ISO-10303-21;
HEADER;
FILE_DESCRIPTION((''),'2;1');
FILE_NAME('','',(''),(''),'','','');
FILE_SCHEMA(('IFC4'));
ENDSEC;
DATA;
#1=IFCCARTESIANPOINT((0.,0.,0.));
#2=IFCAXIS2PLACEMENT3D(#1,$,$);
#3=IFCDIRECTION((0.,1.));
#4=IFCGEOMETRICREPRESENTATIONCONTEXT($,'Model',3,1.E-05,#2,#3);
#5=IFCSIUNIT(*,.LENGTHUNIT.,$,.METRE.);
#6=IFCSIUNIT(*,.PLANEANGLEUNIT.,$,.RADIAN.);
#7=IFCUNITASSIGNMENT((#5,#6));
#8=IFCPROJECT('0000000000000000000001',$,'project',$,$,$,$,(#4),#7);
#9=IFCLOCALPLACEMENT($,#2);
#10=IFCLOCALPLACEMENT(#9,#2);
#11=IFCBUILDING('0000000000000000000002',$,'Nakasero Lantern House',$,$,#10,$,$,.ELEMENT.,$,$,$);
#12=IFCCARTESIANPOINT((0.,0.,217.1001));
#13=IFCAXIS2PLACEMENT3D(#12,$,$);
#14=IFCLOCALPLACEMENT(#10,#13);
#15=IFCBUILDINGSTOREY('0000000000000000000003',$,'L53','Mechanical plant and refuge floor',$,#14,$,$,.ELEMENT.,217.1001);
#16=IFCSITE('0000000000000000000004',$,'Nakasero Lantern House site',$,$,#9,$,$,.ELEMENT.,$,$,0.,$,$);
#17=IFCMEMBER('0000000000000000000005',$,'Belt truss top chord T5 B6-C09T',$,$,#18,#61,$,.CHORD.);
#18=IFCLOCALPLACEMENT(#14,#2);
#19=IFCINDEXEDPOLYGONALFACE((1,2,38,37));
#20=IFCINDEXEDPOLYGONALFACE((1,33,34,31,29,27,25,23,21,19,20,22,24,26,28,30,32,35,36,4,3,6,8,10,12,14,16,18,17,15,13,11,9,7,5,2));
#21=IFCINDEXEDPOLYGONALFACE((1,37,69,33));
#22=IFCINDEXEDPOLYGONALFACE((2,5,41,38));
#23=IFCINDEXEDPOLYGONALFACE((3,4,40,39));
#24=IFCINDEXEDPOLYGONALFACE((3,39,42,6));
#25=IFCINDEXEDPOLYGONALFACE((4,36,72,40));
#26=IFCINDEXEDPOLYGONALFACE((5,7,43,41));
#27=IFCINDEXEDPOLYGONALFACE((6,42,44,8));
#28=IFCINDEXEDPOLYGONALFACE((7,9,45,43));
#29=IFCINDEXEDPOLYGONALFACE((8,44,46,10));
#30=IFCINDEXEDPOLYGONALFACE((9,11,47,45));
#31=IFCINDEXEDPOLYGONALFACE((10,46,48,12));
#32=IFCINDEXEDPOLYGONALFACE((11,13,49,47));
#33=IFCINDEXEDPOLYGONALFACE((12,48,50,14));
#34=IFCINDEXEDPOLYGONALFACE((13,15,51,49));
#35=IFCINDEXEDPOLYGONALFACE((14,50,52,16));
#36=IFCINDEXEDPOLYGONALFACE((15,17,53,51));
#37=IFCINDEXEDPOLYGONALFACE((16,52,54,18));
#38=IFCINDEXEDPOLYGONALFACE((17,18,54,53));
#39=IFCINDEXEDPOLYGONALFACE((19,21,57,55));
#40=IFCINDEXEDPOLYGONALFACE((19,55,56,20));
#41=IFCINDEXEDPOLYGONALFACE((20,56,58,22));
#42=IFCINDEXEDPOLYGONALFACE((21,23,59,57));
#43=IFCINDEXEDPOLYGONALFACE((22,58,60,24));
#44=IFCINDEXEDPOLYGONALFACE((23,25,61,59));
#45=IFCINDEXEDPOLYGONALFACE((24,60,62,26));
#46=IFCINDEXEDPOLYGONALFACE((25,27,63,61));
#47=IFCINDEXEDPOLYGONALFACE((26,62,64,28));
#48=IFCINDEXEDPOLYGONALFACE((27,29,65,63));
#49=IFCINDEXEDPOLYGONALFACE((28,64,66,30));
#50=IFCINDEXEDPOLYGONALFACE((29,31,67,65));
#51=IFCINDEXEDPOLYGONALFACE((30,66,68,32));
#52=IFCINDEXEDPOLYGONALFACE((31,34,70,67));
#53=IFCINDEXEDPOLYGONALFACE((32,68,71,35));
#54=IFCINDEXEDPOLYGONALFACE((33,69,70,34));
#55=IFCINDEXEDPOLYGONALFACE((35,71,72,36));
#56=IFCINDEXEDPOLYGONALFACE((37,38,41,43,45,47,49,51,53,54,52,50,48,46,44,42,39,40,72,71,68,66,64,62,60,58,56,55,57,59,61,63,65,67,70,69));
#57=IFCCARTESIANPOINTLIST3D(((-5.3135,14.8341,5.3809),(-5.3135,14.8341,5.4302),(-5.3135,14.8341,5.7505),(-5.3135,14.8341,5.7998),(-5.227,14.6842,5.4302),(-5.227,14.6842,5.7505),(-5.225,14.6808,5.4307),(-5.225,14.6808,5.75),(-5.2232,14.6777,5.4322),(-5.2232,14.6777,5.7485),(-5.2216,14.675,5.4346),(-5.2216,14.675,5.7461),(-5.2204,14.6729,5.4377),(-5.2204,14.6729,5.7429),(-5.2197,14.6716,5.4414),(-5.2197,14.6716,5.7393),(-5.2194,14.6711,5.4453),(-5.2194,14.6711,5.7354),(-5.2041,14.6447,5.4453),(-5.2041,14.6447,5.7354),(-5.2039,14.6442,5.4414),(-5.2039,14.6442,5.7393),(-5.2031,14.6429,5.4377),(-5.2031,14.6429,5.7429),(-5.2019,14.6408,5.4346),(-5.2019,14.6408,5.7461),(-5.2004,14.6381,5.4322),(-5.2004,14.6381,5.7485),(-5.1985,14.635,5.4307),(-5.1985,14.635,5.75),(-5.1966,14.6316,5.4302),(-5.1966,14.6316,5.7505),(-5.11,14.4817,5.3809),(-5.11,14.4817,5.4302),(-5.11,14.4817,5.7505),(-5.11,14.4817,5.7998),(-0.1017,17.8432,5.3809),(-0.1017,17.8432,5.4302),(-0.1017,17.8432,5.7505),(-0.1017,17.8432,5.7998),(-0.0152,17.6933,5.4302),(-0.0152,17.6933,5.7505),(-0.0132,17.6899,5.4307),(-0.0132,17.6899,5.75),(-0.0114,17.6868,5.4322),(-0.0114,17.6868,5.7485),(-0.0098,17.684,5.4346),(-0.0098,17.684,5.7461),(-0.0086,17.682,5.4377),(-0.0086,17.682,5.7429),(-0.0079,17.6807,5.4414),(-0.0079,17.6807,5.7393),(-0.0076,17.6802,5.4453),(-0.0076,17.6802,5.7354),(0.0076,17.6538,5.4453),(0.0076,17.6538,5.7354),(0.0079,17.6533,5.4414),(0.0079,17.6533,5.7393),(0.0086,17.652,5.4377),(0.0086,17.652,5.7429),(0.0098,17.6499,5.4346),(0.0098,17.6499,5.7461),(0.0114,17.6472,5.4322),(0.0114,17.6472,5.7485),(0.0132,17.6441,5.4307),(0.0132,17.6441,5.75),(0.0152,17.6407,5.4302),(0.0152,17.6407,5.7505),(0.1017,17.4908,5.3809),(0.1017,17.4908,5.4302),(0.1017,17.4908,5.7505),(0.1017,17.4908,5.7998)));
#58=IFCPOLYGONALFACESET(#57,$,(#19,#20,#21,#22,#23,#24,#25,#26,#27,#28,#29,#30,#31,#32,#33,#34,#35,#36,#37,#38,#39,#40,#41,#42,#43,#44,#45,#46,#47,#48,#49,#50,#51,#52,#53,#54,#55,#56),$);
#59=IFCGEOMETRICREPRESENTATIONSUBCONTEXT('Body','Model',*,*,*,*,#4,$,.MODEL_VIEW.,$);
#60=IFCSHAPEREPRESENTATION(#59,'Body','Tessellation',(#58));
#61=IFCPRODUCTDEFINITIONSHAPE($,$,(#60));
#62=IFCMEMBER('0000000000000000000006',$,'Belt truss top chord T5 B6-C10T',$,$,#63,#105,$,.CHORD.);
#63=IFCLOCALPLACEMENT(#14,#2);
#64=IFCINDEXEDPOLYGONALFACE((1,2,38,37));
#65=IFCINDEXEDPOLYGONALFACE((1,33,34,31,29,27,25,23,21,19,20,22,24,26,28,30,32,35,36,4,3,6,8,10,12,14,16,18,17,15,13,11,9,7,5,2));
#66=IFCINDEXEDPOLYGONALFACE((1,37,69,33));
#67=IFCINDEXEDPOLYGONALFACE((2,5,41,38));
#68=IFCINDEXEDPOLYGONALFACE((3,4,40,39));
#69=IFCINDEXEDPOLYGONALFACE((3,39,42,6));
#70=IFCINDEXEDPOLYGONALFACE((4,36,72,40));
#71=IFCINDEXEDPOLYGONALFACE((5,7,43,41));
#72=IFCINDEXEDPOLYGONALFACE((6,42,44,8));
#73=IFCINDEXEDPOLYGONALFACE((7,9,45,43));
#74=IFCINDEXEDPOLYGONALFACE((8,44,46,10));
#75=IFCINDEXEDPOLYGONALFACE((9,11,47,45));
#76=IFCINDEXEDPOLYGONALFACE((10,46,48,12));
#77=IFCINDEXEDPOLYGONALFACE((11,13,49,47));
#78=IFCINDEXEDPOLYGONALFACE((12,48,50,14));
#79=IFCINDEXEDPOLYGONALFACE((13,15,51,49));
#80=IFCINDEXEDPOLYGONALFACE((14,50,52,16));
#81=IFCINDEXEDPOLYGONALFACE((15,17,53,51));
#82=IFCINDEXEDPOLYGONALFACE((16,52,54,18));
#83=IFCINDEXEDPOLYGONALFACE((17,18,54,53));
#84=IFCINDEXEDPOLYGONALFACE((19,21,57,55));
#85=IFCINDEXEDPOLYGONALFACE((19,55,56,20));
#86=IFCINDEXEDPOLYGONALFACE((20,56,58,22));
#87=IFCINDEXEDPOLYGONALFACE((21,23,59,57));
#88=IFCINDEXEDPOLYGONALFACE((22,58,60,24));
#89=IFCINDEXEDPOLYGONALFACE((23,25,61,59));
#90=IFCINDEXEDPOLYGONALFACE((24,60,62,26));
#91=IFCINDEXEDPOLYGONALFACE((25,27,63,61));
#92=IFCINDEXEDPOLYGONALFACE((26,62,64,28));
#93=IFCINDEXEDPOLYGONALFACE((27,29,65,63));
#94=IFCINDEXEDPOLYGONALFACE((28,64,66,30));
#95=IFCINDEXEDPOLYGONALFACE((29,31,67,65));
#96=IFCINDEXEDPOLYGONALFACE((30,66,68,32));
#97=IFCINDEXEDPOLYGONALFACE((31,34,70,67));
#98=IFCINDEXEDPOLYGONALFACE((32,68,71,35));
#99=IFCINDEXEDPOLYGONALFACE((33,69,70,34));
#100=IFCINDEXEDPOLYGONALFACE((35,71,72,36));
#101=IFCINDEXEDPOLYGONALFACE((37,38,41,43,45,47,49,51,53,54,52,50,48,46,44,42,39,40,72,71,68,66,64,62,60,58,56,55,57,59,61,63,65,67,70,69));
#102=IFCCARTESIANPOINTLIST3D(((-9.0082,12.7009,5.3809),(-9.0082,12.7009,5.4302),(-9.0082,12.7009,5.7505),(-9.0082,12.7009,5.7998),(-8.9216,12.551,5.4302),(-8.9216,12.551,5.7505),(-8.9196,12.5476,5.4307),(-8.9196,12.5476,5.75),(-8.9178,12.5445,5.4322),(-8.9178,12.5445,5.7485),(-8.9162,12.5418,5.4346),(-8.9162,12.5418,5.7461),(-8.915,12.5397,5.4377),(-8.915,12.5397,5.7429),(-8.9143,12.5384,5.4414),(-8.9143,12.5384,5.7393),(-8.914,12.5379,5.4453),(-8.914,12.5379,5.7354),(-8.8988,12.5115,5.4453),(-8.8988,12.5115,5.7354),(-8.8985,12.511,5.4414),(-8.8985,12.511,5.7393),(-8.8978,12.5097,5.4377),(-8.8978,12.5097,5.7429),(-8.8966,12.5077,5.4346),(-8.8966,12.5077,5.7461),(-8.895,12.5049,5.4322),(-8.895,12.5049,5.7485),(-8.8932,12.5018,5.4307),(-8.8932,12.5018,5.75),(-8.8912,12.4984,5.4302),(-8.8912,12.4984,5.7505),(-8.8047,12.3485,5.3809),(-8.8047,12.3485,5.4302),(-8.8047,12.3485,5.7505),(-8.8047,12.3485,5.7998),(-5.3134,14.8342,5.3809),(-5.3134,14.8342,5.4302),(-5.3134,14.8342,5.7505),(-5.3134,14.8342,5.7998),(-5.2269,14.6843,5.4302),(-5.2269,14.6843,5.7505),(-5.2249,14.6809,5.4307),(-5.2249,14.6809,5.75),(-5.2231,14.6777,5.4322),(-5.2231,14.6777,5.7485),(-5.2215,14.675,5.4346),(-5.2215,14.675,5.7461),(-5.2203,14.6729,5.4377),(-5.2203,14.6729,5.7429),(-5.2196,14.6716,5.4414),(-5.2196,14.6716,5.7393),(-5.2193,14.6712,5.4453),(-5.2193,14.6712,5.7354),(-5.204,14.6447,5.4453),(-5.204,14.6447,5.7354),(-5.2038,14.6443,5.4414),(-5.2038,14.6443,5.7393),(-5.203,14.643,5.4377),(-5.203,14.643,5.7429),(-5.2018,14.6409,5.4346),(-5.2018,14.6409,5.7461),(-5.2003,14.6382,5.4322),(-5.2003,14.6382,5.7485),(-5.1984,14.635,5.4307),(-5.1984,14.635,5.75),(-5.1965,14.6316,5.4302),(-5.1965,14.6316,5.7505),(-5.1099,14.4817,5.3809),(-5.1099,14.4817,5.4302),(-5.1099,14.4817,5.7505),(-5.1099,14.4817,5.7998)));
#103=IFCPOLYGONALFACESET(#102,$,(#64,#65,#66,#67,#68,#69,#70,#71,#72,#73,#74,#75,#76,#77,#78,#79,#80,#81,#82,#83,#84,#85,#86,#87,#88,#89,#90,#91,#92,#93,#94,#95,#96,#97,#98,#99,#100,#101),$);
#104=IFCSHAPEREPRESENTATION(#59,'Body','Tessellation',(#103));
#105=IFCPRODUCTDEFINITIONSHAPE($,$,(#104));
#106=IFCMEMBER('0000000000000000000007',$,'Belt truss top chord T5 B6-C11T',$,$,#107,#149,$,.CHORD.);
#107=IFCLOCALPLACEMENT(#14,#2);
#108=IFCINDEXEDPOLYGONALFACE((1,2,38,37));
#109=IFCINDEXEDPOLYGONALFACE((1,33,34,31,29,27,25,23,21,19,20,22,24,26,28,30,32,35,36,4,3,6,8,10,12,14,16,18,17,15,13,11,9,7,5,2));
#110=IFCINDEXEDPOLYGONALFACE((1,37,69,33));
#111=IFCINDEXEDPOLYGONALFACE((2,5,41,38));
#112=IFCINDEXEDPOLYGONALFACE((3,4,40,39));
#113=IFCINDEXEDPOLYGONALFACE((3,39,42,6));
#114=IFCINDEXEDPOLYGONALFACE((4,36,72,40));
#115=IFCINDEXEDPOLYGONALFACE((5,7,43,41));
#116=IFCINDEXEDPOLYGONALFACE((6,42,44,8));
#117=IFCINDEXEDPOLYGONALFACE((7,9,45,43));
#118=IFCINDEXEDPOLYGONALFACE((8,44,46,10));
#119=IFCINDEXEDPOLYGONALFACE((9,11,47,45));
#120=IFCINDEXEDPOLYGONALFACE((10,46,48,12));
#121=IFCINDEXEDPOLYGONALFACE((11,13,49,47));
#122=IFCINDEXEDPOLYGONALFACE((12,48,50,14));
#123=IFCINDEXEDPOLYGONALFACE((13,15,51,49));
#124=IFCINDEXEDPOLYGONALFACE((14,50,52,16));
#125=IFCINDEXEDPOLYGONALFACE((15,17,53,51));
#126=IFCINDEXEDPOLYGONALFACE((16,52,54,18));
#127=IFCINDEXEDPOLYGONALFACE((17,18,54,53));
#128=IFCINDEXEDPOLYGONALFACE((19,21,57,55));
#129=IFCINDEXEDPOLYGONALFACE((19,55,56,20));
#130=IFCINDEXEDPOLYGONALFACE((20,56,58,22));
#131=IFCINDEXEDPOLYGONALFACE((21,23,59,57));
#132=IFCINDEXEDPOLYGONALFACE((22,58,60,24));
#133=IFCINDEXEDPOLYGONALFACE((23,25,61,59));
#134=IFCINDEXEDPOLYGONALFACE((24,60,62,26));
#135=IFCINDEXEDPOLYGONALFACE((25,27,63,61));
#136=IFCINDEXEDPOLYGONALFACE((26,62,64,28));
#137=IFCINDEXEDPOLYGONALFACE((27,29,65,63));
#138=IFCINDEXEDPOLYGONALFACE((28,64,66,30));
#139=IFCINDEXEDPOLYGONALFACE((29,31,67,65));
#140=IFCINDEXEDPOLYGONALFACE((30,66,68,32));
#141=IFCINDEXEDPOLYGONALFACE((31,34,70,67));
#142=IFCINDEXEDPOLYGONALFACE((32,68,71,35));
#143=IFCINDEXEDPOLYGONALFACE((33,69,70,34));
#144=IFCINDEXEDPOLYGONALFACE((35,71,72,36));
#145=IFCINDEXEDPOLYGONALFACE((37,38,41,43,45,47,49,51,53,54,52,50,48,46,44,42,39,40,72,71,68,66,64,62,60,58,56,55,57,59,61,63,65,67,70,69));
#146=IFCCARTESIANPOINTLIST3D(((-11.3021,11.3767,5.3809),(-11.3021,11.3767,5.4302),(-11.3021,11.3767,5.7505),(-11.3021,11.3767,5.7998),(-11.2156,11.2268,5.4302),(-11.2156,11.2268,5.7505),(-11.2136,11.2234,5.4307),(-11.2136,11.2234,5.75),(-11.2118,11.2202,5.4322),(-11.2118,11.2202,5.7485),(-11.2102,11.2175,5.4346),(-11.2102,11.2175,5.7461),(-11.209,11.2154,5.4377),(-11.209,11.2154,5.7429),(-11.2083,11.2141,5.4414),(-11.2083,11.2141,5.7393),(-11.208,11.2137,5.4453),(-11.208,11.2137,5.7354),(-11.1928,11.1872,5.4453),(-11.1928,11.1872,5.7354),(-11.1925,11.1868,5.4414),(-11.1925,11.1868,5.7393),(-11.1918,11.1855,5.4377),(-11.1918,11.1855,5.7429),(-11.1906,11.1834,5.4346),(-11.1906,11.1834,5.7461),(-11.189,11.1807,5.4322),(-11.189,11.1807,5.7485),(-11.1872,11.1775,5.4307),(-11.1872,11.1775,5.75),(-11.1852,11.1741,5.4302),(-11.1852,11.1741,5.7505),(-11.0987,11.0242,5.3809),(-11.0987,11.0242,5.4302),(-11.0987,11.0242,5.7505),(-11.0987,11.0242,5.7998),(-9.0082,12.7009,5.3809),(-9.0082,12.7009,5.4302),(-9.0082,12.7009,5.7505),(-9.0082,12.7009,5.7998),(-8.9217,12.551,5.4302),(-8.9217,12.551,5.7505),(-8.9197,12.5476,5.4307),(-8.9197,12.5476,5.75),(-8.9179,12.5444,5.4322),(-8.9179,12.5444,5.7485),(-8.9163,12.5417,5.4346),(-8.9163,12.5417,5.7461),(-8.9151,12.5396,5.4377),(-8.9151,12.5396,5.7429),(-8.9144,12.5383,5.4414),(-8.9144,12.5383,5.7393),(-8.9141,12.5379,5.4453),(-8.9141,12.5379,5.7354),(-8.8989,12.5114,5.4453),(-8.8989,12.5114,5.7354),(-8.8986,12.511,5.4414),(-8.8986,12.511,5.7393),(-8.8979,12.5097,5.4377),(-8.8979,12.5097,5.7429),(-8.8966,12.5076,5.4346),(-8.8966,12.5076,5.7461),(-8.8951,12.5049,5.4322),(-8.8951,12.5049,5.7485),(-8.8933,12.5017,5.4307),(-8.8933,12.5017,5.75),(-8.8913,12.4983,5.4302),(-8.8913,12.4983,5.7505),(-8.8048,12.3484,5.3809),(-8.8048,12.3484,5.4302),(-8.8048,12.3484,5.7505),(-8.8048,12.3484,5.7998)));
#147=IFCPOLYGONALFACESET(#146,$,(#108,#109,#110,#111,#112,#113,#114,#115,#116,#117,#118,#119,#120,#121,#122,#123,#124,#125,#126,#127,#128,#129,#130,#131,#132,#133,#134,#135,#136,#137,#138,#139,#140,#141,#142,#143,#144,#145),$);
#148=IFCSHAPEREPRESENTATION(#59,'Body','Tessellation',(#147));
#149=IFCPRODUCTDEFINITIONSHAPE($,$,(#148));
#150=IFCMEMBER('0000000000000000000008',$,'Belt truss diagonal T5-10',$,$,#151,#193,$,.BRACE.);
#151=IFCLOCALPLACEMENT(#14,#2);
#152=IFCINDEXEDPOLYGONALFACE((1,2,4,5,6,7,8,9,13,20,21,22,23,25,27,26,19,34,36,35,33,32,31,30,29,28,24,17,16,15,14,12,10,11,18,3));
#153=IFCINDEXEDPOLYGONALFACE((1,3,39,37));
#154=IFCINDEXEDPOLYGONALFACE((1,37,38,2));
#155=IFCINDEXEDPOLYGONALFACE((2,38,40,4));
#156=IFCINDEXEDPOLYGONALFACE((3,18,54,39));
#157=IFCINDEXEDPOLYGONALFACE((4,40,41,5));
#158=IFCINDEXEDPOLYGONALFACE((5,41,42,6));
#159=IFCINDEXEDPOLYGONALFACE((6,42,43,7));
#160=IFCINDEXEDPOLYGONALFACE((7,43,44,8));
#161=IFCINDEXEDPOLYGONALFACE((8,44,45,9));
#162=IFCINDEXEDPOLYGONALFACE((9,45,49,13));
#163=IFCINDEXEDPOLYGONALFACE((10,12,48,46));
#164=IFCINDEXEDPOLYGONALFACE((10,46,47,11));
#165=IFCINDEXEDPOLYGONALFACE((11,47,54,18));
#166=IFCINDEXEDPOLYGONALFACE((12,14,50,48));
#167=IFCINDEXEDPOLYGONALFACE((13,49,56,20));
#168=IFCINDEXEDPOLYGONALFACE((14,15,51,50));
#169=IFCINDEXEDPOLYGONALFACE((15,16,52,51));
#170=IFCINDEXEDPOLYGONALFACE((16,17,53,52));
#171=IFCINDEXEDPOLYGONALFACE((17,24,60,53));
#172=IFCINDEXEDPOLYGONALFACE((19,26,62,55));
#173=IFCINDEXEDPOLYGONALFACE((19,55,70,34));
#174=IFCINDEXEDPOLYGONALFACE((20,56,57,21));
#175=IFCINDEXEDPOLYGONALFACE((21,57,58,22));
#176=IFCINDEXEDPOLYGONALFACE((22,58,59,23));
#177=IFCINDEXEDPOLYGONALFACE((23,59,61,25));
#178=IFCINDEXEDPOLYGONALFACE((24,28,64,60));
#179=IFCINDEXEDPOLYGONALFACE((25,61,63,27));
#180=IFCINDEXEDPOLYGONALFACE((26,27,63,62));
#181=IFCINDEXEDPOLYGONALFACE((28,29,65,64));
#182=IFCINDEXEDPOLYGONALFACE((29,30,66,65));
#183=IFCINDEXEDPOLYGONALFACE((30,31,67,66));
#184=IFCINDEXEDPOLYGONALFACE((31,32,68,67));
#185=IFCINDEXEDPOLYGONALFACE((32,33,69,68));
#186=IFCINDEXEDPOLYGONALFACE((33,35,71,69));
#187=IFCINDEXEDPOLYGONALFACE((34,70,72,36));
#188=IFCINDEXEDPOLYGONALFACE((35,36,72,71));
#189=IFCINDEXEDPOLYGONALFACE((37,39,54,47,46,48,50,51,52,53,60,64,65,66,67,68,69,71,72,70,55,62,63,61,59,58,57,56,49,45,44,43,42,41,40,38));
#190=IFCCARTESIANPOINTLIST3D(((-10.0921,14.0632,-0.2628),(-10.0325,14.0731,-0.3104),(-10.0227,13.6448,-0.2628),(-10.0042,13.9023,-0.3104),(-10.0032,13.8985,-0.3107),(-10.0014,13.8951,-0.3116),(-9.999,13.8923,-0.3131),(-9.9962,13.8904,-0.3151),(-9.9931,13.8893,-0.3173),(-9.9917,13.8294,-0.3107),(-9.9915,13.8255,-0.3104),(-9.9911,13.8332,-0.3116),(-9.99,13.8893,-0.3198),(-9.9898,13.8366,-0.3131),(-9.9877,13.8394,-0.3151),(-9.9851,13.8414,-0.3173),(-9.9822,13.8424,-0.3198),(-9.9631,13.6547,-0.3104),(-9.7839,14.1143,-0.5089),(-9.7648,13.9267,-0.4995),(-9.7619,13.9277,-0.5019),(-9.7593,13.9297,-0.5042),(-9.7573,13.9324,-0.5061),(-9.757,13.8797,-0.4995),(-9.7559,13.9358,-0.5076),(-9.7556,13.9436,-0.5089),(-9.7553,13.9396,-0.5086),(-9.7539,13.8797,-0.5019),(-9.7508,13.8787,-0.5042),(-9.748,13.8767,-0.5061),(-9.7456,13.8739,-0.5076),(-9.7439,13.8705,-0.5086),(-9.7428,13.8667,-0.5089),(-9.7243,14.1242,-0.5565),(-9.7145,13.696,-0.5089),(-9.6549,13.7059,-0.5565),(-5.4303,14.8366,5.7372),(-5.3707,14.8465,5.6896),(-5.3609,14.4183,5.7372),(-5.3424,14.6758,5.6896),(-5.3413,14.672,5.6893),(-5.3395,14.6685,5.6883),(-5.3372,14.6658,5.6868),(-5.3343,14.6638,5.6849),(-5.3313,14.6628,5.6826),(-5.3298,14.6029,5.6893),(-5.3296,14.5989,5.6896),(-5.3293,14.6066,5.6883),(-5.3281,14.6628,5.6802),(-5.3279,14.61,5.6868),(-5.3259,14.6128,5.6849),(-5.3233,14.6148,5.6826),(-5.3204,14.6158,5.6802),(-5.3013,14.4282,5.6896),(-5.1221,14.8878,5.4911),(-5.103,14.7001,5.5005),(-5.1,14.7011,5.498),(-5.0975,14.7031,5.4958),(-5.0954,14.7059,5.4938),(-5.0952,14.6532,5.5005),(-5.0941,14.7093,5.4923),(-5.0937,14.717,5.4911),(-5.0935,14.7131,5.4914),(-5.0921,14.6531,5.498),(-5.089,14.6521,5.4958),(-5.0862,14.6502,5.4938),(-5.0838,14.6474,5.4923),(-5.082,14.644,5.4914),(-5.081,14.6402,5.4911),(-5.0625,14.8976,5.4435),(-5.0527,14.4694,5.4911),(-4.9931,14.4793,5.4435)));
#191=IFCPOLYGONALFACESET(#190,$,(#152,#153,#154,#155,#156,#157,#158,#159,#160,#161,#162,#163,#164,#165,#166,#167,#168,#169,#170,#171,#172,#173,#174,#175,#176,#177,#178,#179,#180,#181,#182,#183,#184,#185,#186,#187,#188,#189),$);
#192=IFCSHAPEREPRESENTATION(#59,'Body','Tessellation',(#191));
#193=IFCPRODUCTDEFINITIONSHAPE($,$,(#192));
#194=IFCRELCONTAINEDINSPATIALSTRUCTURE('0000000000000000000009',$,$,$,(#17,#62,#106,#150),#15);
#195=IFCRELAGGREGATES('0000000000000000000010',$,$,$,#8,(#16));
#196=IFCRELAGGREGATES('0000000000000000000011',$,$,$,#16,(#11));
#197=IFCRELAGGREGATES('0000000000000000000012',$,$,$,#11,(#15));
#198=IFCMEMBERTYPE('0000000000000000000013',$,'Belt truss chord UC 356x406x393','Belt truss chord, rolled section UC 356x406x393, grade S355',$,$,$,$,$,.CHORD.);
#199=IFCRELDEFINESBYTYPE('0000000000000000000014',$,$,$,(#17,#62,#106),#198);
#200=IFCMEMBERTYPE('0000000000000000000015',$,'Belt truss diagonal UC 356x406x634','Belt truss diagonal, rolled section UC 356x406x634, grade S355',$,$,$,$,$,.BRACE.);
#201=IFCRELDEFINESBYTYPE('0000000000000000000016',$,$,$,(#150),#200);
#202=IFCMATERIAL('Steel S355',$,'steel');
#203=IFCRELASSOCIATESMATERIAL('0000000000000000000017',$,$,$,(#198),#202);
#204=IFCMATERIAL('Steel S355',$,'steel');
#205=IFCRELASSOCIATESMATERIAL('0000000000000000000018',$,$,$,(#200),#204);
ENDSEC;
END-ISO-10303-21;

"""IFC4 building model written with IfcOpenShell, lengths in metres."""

from ifc_helpers import new_model, si_unit, direction, frame, origin, origin_2d, place, context, subcontext, project, spatial, i_section, extrude, material, material_profile, profile_set, type_object, element, save


model = new_model("IFC4")

# Units and contexts
model_context = context("Model", 3, precision=1e-05, world=origin(), true_north=direction((0.0, 1.0)))
body_context = subcontext(model_context, "Body", "Model", "MODEL_VIEW")
ifc_project = project(units=[si_unit("LENGTHUNIT", "METRE"), si_unit("PLANEANGLEUNIT", "RADIAN")], contexts=[model_context])

# Site, building, storey
site_placement = place(None, origin())
site = spatial("IfcSite", under=ifc_project, at=site_placement, Name="Nakasero Lantern House site", CompositionType="ELEMENT", RefElevation=0.0)
building_placement = place(site_placement, origin())
building = spatial("IfcBuilding", under=site, at=building_placement, Name="Nakasero Lantern House", CompositionType="ELEMENT")
storey_placement = place(building_placement, frame((0.0, 0.0, 217.1001)))
storey = spatial("IfcBuildingStorey", under=building, at=storey_placement, Name="L53", Description="Mechanical plant and refuge floor", CompositionType="ELEMENT", Elevation=217.1001)

# Members
ifc_material_1 = material(Name="Steel S355", Category="steel")
ifc_material_profile_1 = material_profile(ifc_material_1, i_section(OverallWidth=0.407, OverallDepth=0.4189, WebThickness=0.0305, FlangeThickness=0.0493, FilletRadius=0.0151, at=origin_2d()), Name="UC 356x406x393")
ifc_profile_set_1 = profile_set([ifc_material_profile_1], Name="Steel S355")
member_type_1 = type_object("IfcMemberType", Name="Belt truss chord UC 356x406x393", Description="Belt truss chord, rolled section UC 356x406x393, grade S355", PredefinedType="CHORD", material=ifc_profile_set_1)
member_1_placement = place(storey_placement, frame((0.0, 17.667, 5.5903), z_axis=(-0.86602, -0.500009, 0.0), x_axis=(0.500009, -0.86602, 0.0)))
element("IfcMember", 1, at=member_1_placement, inside=storey, type_object=member_type_1, Name="Belt truss top chord T5 B6-C09T", PredefinedType="CHORD", context=body_context, shape_type="SweptSolid", body=[
    extrude(i_section(OverallWidth=0.407, OverallDepth=0.4189, WebThickness=0.0305, FlangeThickness=0.0493, FilletRadius=0.0151, at=origin_2d()), origin(), (0.0, 0.0, 1.0), 6.0181),
])
member_2_placement = place(storey_placement, frame((-5.2117, 14.658, 5.5903), z_axis=(-0.866016, -0.500016, 0.0), x_axis=(0.500016, -0.866016, 0.0)))
element("IfcMember", 2, at=member_2_placement, inside=storey, type_object=member_type_1, Name="Belt truss top chord T5 B6-C10T", PredefinedType="CHORD", context=body_context, shape_type="SweptSolid", body=[
    extrude(i_section(OverallWidth=0.407, OverallDepth=0.4189, WebThickness=0.0305, FlangeThickness=0.0493, FilletRadius=0.0151, at=origin_2d()), origin(), (0.0, 0.0, 1.0), 4.2664),
])
member_3_placement = place(storey_placement, frame((-8.9065, 12.5247, 5.5903), z_axis=(-0.866057, -0.499946, 0.0), x_axis=(0.499946, -0.866057, 0.0)))
element("IfcMember", 3, at=member_3_placement, inside=storey, type_object=member_type_1, Name="Belt truss top chord T5 B6-C11T", PredefinedType="CHORD", context=body_context, shape_type="SweptSolid", body=[
    extrude(i_section(OverallWidth=0.407, OverallDepth=0.4189, WebThickness=0.0305, FlangeThickness=0.0493, FilletRadius=0.0151, at=origin_2d()), origin(), (0.0, 0.0, 1.0), 2.6487),
])
ifc_material_2 = material(Name="Steel S355", Category="steel")
ifc_material_profile_2 = material_profile(ifc_material_2, i_section(OverallWidth=0.4241, OverallDepth=0.4746, WebThickness=0.0476, FlangeThickness=0.0769, FilletRadius=0.0151, at=origin_2d()), Name="UC 356x406x634")
ifc_profile_set_2 = profile_set([ifc_material_profile_2], Name="Steel S355")
member_type_2 = type_object("IfcMemberType", Name="Belt truss diagonal UC 356x406x634", Description="Belt truss diagonal, rolled section UC 356x406x634, grade S355", PredefinedType="BRACE", material=ifc_profile_set_2)
member_4_placement = place(storey_placement, frame((-5.2117, 14.658, 5.5903), z_axis=(-0.610393, -0.101269, -0.785599), x_axis=(0.16367, -0.986515, 0.0)))
element("IfcMember", 4, at=member_4_placement, inside=storey, type_object=member_type_2, Name="Belt truss diagonal T5-10", PredefinedType="BRACE", context=body_context, shape_type="SweptSolid", body=[
    extrude(i_section(OverallWidth=0.4241, OverallDepth=0.4746, WebThickness=0.0476, FlangeThickness=0.0769, FilletRadius=0.0151, at=origin_2d()), origin(), (0.0, 0.0, 1.0), 7.6375),
])

save(model, "model.ifc")
